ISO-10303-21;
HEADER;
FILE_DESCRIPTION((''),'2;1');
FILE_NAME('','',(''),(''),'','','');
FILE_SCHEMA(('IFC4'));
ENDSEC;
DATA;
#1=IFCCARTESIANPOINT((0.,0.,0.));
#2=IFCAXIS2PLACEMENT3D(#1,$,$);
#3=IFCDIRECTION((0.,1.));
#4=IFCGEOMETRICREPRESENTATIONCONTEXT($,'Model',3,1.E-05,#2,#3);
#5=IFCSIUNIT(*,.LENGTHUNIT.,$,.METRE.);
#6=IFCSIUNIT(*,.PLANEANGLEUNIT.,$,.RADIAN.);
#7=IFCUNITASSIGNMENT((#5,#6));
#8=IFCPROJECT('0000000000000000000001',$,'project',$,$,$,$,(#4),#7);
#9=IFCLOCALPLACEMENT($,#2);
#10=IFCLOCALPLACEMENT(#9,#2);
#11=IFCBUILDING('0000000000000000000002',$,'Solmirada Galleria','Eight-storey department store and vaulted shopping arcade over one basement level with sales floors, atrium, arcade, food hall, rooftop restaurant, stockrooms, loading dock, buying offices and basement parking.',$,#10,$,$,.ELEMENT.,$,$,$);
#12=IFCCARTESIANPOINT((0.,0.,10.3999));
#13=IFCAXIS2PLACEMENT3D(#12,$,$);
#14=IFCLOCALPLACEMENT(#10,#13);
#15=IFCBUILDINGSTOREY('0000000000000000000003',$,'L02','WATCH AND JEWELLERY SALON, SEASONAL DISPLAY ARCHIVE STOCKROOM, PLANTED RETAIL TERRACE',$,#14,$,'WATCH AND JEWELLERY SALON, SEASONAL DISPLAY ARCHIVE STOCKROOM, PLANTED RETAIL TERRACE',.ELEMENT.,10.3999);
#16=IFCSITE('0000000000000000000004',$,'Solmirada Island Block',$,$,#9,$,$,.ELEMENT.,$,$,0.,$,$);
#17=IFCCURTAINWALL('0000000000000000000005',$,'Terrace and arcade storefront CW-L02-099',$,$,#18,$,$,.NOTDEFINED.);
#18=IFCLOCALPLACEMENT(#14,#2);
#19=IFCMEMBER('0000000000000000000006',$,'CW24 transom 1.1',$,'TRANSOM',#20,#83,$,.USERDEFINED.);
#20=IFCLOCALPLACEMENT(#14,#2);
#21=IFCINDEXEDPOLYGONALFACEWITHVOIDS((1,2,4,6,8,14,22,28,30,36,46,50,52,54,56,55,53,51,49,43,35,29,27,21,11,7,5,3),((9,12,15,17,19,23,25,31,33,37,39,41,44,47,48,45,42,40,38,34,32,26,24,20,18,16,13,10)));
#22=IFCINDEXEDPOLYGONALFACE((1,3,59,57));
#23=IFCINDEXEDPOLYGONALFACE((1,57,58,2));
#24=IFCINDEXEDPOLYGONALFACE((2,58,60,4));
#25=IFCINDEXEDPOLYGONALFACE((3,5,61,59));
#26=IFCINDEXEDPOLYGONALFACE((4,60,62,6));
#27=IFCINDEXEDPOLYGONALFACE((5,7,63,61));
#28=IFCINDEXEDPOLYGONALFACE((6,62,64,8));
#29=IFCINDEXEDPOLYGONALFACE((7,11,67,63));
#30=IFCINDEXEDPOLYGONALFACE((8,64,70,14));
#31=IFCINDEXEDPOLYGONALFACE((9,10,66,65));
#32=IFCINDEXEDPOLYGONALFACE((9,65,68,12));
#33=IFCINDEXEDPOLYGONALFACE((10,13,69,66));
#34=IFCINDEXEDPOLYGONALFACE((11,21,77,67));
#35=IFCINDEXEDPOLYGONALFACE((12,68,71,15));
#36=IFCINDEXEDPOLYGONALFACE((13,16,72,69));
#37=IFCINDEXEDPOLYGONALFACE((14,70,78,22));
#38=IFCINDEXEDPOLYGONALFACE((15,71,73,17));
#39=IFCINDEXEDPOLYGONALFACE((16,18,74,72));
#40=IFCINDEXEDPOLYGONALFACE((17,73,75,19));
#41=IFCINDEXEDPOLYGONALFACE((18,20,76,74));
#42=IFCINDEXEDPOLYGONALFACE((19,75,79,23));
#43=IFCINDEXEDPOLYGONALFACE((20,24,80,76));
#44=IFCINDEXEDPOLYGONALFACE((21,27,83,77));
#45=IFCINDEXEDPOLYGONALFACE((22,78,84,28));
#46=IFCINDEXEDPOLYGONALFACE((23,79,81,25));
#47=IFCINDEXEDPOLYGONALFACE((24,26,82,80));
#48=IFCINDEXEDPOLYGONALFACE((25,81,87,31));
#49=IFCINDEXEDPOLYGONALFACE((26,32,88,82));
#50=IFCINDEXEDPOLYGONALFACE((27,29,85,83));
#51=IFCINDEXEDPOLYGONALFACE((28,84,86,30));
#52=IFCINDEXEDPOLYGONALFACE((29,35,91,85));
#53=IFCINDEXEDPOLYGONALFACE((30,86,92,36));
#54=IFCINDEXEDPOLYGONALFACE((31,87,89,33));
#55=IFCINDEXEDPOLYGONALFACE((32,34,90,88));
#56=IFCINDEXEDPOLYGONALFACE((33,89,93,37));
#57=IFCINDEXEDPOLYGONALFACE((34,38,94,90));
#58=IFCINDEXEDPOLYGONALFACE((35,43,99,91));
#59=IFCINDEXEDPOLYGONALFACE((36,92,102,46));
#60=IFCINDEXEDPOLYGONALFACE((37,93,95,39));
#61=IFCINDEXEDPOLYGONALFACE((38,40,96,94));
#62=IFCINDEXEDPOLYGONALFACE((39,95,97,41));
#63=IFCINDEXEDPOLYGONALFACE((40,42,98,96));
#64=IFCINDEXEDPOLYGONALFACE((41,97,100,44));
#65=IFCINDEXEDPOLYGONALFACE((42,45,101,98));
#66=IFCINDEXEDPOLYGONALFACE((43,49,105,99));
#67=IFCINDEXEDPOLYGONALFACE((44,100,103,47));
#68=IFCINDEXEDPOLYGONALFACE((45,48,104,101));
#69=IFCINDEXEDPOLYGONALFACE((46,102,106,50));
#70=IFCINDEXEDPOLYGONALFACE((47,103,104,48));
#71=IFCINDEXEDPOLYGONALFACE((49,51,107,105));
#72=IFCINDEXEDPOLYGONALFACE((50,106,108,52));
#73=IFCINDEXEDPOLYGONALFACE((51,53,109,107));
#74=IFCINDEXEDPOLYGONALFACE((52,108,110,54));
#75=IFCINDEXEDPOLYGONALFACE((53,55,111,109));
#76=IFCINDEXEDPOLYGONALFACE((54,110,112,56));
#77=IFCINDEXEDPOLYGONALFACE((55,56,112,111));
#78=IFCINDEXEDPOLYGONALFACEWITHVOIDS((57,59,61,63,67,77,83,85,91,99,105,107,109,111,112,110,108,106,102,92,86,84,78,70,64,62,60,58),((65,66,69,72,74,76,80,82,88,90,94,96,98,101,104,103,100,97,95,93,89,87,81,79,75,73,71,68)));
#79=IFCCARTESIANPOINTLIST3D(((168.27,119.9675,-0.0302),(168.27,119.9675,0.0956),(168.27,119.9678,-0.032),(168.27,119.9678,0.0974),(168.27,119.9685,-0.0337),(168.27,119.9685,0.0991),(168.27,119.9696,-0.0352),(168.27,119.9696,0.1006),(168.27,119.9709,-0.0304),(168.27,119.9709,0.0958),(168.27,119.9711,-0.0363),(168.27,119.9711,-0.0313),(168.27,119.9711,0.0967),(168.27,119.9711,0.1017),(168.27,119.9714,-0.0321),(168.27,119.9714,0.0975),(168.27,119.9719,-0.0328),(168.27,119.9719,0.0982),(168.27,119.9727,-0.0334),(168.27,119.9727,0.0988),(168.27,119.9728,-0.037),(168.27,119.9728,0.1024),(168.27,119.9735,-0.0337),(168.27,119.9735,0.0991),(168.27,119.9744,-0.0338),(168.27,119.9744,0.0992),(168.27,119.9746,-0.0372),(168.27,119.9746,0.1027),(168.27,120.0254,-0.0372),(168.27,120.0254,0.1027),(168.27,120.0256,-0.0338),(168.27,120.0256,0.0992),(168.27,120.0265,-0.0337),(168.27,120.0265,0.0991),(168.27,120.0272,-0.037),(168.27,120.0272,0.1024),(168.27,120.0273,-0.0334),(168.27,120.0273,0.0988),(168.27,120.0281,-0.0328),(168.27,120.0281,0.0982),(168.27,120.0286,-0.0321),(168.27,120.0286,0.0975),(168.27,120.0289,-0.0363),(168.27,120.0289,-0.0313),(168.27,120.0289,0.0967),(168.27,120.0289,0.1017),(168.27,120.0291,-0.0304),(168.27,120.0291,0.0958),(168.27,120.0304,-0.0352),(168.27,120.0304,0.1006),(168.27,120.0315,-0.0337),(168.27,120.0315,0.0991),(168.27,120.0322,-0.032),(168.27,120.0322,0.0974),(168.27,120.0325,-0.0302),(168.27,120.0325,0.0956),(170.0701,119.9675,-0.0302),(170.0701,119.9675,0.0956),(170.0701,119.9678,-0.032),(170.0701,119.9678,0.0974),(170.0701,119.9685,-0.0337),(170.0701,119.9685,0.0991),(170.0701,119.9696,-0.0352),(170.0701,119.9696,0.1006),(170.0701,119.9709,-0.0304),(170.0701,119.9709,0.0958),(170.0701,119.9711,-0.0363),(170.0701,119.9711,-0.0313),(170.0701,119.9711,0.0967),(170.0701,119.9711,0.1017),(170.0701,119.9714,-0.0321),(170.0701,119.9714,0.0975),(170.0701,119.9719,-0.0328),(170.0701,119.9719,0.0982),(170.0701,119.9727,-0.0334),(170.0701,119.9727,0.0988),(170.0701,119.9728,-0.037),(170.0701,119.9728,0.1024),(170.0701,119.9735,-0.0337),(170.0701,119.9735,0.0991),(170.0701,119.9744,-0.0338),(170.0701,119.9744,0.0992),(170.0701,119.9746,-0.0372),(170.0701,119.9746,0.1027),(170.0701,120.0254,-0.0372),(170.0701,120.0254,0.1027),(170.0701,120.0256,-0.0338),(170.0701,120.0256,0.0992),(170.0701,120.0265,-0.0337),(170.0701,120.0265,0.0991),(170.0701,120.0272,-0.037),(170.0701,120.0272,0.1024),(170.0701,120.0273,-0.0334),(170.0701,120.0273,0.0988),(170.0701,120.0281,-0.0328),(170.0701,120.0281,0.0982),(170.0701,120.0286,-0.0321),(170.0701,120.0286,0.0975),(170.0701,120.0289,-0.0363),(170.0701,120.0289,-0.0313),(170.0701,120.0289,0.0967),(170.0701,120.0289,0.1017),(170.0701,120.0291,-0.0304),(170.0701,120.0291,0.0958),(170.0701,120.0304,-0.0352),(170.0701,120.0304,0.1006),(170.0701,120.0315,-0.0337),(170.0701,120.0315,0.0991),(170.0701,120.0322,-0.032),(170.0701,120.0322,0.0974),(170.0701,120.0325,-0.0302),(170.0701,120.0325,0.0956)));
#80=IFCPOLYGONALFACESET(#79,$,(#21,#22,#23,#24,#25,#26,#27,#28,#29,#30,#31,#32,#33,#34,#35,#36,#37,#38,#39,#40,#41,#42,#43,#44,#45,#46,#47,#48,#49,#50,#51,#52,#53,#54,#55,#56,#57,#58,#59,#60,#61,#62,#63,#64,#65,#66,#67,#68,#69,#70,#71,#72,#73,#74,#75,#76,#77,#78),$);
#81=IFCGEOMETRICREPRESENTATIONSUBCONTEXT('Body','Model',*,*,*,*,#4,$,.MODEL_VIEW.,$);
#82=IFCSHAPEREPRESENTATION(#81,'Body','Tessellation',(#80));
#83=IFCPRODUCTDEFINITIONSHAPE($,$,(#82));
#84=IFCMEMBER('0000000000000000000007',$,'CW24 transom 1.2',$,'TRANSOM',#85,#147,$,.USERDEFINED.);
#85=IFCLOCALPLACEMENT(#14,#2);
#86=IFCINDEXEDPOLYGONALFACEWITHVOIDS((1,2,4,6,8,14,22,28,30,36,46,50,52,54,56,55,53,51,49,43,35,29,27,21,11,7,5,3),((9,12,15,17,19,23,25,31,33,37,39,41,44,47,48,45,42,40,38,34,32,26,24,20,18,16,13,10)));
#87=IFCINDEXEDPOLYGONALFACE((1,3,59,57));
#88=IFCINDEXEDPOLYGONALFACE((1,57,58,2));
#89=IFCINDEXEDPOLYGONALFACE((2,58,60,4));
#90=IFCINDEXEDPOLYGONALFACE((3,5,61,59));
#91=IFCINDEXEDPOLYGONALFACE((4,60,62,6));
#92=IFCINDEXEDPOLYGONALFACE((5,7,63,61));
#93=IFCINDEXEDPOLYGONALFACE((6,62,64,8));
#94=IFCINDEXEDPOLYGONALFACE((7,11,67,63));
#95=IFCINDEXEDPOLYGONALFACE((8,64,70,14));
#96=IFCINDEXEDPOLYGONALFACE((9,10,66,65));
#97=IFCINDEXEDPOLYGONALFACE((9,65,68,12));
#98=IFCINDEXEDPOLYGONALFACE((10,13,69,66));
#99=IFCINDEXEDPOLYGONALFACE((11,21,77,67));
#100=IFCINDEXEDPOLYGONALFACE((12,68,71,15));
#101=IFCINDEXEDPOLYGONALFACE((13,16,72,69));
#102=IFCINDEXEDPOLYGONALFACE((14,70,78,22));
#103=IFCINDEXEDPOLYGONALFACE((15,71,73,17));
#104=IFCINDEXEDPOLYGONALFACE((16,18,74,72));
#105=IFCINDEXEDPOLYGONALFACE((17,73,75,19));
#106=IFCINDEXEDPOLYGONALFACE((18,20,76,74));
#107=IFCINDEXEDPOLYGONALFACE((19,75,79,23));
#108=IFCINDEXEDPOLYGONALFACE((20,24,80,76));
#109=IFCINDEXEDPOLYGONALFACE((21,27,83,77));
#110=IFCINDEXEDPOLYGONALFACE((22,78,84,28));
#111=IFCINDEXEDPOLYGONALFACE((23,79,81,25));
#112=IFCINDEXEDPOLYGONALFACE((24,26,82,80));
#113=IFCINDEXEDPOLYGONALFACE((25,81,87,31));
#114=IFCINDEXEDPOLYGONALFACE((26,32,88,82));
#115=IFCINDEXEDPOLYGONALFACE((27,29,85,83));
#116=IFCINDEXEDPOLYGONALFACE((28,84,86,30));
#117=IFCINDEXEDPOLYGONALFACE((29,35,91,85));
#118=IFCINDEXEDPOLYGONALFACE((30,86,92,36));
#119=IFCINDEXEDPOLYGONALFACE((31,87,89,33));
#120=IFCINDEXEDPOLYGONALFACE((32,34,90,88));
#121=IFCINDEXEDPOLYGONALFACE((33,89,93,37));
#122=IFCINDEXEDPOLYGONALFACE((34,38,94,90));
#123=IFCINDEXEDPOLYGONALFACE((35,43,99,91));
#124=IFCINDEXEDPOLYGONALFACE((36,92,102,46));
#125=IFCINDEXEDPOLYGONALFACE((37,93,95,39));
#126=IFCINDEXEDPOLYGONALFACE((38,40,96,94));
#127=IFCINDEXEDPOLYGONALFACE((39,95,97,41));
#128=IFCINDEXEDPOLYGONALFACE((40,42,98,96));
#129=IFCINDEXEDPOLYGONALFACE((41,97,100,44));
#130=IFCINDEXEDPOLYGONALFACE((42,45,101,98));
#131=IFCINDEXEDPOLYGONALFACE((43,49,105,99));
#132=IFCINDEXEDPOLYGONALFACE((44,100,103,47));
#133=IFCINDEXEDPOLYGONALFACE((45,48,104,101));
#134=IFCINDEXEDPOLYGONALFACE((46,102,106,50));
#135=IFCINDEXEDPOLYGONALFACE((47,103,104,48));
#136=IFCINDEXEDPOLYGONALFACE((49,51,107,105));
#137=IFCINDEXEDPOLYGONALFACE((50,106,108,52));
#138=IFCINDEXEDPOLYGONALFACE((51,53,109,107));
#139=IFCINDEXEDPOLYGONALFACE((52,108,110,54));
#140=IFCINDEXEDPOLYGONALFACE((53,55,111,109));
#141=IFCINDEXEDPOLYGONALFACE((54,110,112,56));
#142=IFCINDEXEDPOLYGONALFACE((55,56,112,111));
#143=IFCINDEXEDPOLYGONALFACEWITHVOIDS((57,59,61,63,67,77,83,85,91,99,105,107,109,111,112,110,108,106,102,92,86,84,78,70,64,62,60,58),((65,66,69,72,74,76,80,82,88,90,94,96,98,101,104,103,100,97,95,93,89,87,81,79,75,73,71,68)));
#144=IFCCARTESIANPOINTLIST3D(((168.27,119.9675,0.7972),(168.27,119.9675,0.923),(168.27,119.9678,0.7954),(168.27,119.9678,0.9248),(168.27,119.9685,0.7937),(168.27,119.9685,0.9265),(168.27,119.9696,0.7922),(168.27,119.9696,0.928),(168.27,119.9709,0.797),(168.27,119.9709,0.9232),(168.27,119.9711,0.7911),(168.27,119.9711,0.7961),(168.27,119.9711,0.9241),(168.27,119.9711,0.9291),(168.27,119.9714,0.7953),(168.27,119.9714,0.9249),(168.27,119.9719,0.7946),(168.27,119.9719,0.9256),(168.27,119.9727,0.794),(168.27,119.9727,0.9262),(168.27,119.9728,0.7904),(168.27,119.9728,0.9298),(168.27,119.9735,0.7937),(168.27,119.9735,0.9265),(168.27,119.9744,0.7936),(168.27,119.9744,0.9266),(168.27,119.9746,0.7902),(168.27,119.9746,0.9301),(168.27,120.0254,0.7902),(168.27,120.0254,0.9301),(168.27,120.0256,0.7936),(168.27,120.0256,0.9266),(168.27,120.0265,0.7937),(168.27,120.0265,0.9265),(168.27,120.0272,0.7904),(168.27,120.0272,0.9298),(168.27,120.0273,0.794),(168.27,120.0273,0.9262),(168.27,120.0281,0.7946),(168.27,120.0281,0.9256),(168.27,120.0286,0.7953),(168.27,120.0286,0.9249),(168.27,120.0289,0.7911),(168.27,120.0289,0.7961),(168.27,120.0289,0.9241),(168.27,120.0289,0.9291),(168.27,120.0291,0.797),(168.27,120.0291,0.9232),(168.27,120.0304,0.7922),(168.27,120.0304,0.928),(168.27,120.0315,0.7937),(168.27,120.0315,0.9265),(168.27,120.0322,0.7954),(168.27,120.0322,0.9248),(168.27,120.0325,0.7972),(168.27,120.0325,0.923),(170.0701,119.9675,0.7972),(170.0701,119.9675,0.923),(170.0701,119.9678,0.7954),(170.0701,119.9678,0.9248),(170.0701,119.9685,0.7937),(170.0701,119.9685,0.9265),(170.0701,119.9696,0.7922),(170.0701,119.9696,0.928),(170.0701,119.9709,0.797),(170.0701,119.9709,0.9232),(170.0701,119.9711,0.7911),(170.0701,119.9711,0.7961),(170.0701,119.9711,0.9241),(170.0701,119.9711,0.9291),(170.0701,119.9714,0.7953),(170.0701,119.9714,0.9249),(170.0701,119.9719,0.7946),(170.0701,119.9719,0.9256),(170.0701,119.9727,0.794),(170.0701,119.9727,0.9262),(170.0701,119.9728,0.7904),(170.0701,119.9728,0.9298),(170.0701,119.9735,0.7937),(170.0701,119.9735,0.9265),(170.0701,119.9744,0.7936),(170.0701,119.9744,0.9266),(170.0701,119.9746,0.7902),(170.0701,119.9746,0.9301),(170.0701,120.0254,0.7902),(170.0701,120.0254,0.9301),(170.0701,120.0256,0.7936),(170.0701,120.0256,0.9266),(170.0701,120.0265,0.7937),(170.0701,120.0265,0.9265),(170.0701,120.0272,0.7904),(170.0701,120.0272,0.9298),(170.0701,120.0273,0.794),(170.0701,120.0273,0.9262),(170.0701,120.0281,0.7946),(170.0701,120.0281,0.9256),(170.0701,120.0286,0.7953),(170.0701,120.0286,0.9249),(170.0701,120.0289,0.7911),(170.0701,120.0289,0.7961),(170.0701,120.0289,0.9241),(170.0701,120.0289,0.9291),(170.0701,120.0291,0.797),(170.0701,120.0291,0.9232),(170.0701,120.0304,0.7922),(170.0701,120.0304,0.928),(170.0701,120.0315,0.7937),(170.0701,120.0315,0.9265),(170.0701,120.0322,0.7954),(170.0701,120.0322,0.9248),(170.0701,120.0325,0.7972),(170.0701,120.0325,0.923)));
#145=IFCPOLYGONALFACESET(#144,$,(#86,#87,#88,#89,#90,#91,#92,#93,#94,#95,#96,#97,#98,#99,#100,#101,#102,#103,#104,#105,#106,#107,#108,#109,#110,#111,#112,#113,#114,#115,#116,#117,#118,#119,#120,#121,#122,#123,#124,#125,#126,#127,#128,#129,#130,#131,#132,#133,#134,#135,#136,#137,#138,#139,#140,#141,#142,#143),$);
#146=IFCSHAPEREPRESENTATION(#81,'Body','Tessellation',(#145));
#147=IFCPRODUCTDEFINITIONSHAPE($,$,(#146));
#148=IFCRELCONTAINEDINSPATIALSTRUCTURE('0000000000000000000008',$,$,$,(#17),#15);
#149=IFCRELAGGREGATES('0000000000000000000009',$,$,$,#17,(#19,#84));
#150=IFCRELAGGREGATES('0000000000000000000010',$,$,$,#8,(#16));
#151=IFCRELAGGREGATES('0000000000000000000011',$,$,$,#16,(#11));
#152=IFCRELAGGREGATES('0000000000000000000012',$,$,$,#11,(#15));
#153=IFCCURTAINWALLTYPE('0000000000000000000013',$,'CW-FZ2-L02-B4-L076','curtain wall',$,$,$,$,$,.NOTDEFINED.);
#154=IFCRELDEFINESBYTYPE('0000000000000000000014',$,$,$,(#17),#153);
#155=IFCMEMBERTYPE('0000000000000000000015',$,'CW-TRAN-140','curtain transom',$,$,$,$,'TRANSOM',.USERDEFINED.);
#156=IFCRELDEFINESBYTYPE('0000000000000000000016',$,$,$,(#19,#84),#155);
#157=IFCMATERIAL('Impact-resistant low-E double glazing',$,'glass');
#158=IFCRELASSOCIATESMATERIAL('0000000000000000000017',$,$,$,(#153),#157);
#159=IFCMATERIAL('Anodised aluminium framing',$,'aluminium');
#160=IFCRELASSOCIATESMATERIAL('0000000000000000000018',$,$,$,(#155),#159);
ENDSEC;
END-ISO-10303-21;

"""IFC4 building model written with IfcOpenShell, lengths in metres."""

from ifc_helpers import new_model, si_unit, direction, frame, origin, origin_2d, place, context, subcontext, project, spatial, hollow_rectangle, extrude, material, material_profile, profile_set, type_object, element, aggregate, save


model = new_model("IFC4")

# Units and contexts
model_context = context("Model", 3, precision=1e-05, world=origin(), true_north=direction((0.0, 1.0)))
body_context = subcontext(model_context, "Body", "Model", "MODEL_VIEW")
ifc_project = project(units=[si_unit("LENGTHUNIT", "METRE"), si_unit("PLANEANGLEUNIT", "RADIAN")], contexts=[model_context])

# Site, building, storey
site_placement = place(None, origin())
site = spatial("IfcSite", under=ifc_project, at=site_placement, Name="Solmirada Island Block", CompositionType="ELEMENT", RefElevation=0.0)
building_placement = place(site_placement, origin())
building = spatial("IfcBuilding", under=site, at=building_placement, Name="Solmirada Galleria", Description="Eight-storey department store and vaulted shopping arcade over one basement level with sales floors, atrium, arcade, food hall, rooftop restaurant, stockrooms, loading dock, buying offices and basement parking.", CompositionType="ELEMENT")
storey_placement = place(building_placement, frame((0.0, 0.0, 10.3999)))
storey = spatial("IfcBuildingStorey", under=building, at=storey_placement, Name="L02", Description="WATCH AND JEWELLERY SALON, SEASONAL DISPLAY ARCHIVE STOCKROOM, PLANTED RETAIL TERRACE", LongName="WATCH AND JEWELLERY SALON, SEASONAL DISPLAY ARCHIVE STOCKROOM, PLANTED RETAIL TERRACE", CompositionType="ELEMENT", Elevation=10.3999)

# Curtain wall
ifc_material_1 = material(Name="Impact-resistant low-E double glazing", Category="glass")
curtain_wall_type = type_object("IfcCurtainWallType", Name="CW-FZ2-L02-B4-L076", Description="curtain wall", PredefinedType="NOTDEFINED", material=ifc_material_1)
curtain_wall_1_placement = place(storey_placement, origin())
curtain_wall_1 = element("IfcCurtainWall", 1, at=curtain_wall_1_placement, inside=storey, type_object=curtain_wall_type, Name="Terrace and arcade storefront CW-L02-099", PredefinedType="NOTDEFINED")
ifc_material_2 = material(Name="Anodised aluminium framing", Category="aluminium")

# Members
ifc_material_profile_1 = material_profile(ifc_material_2, hollow_rectangle(XDim=0.0649, YDim=0.1399, WallThickness=0.0034, InnerFilletRadius=0.0034, OuterFilletRadius=0.0071, at=origin_2d()), Name="ALU-TRAN-140X65")
ifc_profile_set_1 = profile_set([ifc_material_profile_1], Name="Anodised aluminium framing")
member_type_1 = type_object("IfcMemberType", Name="CW-TRAN-140", Description="curtain transom", ElementType="TRANSOM", PredefinedType="USERDEFINED", material=ifc_profile_set_1)
member_1_placement = place(storey_placement, frame((168.27, 120.0, 0.0327), z_axis=(1.0, 0.0, 0.0), x_axis=(0.0, 1.0, 0.0)))
member_1 = element("IfcMember", 2, at=member_1_placement, type_object=member_type_1, Name="CW24 transom 1.1", ObjectType="TRANSOM", PredefinedType="USERDEFINED", context=body_context, shape_type="SweptSolid", body=[
    extrude(hollow_rectangle(XDim=0.0649, YDim=0.1399, WallThickness=0.0034, InnerFilletRadius=0.0034, OuterFilletRadius=0.0071, at=origin_2d()), origin(), (0.0, 0.0, 1.0), 1.8),
])
member_2_placement = place(storey_placement, frame((168.27, 120.0, 0.8601), z_axis=(1.0, 0.0, 0.0), x_axis=(0.0, 1.0, 0.0)))
member_2 = element("IfcMember", 3, at=member_2_placement, type_object=member_type_1, Name="CW24 transom 1.2", ObjectType="TRANSOM", PredefinedType="USERDEFINED", context=body_context, shape_type="SweptSolid", body=[
    extrude(hollow_rectangle(XDim=0.0649, YDim=0.1399, WallThickness=0.0034, InnerFilletRadius=0.0034, OuterFilletRadius=0.0071, at=origin_2d()), origin(), (0.0, 0.0, 1.0), 1.8),
])

aggregate(curtain_wall_1, [member_1, member_2])

save(model, "model.ifc")
